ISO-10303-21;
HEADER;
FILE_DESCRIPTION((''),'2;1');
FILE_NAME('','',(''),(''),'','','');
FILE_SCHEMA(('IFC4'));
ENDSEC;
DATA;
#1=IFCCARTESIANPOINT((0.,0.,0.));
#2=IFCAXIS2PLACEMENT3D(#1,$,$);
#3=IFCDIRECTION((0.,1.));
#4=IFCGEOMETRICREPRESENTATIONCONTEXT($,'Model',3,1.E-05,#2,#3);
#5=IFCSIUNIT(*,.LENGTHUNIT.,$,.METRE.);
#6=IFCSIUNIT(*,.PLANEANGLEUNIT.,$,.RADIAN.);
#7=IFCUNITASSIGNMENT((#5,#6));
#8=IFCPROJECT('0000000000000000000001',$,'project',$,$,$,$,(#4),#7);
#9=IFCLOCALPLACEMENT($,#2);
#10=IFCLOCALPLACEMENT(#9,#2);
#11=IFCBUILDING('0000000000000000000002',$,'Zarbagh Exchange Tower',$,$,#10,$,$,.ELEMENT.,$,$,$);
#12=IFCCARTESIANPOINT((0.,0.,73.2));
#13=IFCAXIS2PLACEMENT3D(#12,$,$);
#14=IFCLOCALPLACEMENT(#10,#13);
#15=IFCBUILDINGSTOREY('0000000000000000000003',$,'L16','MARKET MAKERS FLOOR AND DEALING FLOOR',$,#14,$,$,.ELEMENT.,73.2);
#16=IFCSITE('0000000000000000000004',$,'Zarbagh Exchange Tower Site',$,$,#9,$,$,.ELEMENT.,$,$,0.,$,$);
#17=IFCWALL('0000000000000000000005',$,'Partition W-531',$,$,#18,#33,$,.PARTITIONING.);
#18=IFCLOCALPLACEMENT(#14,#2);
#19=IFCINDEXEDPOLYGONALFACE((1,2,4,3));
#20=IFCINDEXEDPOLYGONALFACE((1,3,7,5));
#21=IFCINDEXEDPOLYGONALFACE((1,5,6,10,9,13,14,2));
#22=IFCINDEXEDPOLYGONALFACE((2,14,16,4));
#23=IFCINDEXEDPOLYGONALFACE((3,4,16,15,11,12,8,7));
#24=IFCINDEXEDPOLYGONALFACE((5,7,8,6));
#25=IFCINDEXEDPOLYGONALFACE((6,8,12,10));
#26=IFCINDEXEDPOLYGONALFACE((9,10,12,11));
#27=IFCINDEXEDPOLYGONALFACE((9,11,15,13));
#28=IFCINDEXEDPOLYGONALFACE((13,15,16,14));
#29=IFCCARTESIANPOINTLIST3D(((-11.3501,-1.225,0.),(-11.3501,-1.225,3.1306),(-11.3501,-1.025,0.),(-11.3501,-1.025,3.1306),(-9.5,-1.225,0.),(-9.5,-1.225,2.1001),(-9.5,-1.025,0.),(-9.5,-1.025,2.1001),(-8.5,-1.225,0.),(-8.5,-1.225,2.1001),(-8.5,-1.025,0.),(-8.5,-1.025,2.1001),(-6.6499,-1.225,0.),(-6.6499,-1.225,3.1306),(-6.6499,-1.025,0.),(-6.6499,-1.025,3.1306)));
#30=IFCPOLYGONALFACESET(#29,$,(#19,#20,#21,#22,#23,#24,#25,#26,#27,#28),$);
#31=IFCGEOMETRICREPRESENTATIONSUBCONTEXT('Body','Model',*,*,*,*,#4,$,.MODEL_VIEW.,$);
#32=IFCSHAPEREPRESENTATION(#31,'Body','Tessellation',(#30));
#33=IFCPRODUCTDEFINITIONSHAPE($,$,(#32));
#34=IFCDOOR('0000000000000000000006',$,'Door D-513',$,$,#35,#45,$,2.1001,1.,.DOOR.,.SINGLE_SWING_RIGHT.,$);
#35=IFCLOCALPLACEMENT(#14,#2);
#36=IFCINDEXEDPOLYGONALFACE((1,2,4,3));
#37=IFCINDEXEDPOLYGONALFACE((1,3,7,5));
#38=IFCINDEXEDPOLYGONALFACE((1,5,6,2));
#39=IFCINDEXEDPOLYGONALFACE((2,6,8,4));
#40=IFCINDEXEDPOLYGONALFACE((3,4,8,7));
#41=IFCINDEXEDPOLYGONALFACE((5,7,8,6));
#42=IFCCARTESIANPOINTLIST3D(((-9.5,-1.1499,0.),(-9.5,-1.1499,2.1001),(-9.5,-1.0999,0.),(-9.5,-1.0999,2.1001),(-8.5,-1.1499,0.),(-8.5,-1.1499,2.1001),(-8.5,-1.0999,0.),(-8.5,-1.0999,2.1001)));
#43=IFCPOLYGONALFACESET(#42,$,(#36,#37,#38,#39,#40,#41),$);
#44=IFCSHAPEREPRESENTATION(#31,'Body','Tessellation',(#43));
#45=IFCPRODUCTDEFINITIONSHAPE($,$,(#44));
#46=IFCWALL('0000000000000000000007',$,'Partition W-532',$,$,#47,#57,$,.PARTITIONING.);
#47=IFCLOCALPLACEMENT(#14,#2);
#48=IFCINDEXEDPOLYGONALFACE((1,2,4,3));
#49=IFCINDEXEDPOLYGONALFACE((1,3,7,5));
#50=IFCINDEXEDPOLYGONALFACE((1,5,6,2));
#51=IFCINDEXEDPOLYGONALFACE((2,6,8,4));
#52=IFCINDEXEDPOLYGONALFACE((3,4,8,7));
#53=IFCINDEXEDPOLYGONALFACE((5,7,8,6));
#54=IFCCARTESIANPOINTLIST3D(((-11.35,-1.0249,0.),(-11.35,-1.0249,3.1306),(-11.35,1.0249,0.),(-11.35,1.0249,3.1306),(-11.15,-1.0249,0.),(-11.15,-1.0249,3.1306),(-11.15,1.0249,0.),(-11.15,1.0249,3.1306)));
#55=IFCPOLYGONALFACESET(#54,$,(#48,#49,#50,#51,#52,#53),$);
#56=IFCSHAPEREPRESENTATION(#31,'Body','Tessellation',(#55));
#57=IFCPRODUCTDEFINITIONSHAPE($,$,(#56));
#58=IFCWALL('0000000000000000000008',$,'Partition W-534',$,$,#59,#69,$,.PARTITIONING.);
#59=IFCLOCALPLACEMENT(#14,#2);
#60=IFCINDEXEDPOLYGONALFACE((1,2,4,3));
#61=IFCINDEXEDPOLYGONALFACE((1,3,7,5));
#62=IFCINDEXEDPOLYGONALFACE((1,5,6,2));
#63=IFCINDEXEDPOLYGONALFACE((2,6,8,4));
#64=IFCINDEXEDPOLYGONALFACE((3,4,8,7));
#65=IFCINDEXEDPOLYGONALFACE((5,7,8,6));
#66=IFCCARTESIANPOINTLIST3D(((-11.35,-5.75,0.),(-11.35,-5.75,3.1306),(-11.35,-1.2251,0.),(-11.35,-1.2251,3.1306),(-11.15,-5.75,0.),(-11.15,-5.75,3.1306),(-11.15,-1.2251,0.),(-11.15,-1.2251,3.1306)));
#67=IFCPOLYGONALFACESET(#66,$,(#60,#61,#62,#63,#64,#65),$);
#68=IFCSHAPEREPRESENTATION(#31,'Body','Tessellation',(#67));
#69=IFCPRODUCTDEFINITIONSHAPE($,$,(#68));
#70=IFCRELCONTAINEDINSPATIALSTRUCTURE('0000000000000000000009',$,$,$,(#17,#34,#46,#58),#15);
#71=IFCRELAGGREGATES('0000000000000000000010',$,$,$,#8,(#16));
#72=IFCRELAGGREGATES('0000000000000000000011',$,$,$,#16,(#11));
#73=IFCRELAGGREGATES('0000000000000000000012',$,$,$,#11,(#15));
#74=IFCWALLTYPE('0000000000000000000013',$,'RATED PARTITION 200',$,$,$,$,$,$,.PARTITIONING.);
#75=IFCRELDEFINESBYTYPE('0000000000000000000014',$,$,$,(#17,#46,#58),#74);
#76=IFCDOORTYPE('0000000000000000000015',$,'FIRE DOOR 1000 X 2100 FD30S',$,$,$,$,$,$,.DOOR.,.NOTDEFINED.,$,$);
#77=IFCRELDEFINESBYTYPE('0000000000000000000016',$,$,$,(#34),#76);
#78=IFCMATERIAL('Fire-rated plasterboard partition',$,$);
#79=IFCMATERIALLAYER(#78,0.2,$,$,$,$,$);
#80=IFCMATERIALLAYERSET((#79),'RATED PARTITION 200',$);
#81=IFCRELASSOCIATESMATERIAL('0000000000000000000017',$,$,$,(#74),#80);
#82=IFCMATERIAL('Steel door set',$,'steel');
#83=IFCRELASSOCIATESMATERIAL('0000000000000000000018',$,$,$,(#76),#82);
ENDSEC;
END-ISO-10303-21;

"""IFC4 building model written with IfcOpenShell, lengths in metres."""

from ifc_helpers import new_model, si_unit, direction, frame, frame_2d, origin, place, context, subcontext, project, spatial, rectangle, extrude, material, layer, layer_set, type_object, element, fill, save


model = new_model("IFC4")

# Units and contexts
model_context = context("Model", 3, precision=1e-05, world=origin(), true_north=direction((0.0, 1.0)))
body_context = subcontext(model_context, "Body", "Model", "MODEL_VIEW")
ifc_project = project(units=[si_unit("LENGTHUNIT", "METRE"), si_unit("PLANEANGLEUNIT", "RADIAN")], contexts=[model_context])

# Site, building, storey
site_placement = place(None, origin())
site = spatial("IfcSite", under=ifc_project, at=site_placement, Name="Zarbagh Exchange Tower Site", CompositionType="ELEMENT", RefElevation=0.0)
building_placement = place(site_placement, origin())
building = spatial("IfcBuilding", under=site, at=building_placement, Name="Zarbagh Exchange Tower", CompositionType="ELEMENT")
storey_placement = place(building_placement, frame((0.0, 0.0, 73.2)))
storey = spatial("IfcBuildingStorey", under=building, at=storey_placement, Name="L16", Description="MARKET MAKERS FLOOR AND DEALING FLOOR", CompositionType="ELEMENT", Elevation=73.2)

# Shared definitions
ifc_material_1 = material(Name="Fire-rated plasterboard partition")
ifc_layer_1 = layer(ifc_material_1, 0.2)
ifc_layer_set_1 = layer_set([ifc_layer_1], Name="RATED PARTITION 200")
wall_type_1 = type_object("IfcWallType", Name="RATED PARTITION 200", PredefinedType="PARTITIONING", material=ifc_layer_set_1)

# Wall, opening, door
wall_1_placement = place(storey_placement, frame((-6.6499, -1.125, 0.0), z_axis=(0.0, 0.0, 1.0), x_axis=(-1.0, 0.0, 0.0)))
wall_1 = element("IfcWall", 1, at=wall_1_placement, inside=storey, type_object=wall_type_1, Name="Partition W-531", PredefinedType="PARTITIONING", context=body_context, shape_type="SweptSolid", body=[
    extrude(rectangle(XDim=4.7002, YDim=0.2, at=frame_2d((2.3501, 0.0))), origin(), (0.0, 0.0, 1.0), 3.1306),
])
opening_1_placement = place(wall_1_placement, frame((1.8501, 0.0, 0.0)))
opening_1 = element("IfcOpeningElement", 2, at=opening_1_placement, cuts=wall_1, PredefinedType="OPENING", context=body_context, shape_type="SweptSolid", body=[
    extrude(rectangle(XDim=1.0, YDim=2.1001, at=frame_2d((0.5, 1.05))), frame((0.0, 0.1099, 0.0), z_axis=(0.0, -1.0, 0.0), x_axis=(1.0, 0.0, 0.0)), (0.0, 0.0, 1.0), 0.22),
])
ifc_material_2 = material(Name="Steel door set", Category="steel")
door_type_1 = type_object("IfcDoorType", Name="FIRE DOOR 1000 X 2100 FD30S", OperationType="NOTDEFINED", PredefinedType="DOOR", material=ifc_material_2)
door_1_placement = place(opening_1_placement, origin())
door_1 = element("IfcDoor", 3, at=door_1_placement, inside=storey, type_object=door_type_1, Name="Door D-513", OperationType="SINGLE_SWING_RIGHT", OverallHeight=2.1001, OverallWidth=1.0, PredefinedType="DOOR", context=body_context, shape_type="SweptSolid", body=[
    extrude(rectangle(XDim=1.0, YDim=2.1001, at=frame_2d((0.5, 1.05))), frame((0.0, 0.0249, 0.0), z_axis=(0.0, -1.0, 0.0), x_axis=(1.0, 0.0, 0.0)), (0.0, 0.0, 1.0), 0.05),
])
fill(opening_1, door_1)

# Walls
wall_2_placement = place(storey_placement, frame((-11.25, -1.0249, 0.0), z_axis=(0.0, 0.0, 1.0), x_axis=(0.0, 1.0, 0.0)))
element("IfcWall", 4, at=wall_2_placement, inside=storey, type_object=wall_type_1, Name="Partition W-532", PredefinedType="PARTITIONING", context=body_context, shape_type="SweptSolid", body=[
    extrude(rectangle(XDim=2.0498, YDim=0.2, at=frame_2d((1.0249, 0.0))), origin(), (0.0, 0.0, 1.0), 3.1306),
])
wall_3_placement = place(storey_placement, frame((-11.25, -5.75, 0.0), z_axis=(0.0, 0.0, 1.0), x_axis=(0.0, 1.0, 0.0)))
element("IfcWall", 5, at=wall_3_placement, inside=storey, type_object=wall_type_1, Name="Partition W-534", PredefinedType="PARTITIONING", context=body_context, shape_type="SweptSolid", body=[
    extrude(rectangle(XDim=4.5249, YDim=0.2, at=frame_2d((2.2625, 0.0))), origin(), (0.0, 0.0, 1.0), 3.1306),
])

save(model, "model.ifc")
